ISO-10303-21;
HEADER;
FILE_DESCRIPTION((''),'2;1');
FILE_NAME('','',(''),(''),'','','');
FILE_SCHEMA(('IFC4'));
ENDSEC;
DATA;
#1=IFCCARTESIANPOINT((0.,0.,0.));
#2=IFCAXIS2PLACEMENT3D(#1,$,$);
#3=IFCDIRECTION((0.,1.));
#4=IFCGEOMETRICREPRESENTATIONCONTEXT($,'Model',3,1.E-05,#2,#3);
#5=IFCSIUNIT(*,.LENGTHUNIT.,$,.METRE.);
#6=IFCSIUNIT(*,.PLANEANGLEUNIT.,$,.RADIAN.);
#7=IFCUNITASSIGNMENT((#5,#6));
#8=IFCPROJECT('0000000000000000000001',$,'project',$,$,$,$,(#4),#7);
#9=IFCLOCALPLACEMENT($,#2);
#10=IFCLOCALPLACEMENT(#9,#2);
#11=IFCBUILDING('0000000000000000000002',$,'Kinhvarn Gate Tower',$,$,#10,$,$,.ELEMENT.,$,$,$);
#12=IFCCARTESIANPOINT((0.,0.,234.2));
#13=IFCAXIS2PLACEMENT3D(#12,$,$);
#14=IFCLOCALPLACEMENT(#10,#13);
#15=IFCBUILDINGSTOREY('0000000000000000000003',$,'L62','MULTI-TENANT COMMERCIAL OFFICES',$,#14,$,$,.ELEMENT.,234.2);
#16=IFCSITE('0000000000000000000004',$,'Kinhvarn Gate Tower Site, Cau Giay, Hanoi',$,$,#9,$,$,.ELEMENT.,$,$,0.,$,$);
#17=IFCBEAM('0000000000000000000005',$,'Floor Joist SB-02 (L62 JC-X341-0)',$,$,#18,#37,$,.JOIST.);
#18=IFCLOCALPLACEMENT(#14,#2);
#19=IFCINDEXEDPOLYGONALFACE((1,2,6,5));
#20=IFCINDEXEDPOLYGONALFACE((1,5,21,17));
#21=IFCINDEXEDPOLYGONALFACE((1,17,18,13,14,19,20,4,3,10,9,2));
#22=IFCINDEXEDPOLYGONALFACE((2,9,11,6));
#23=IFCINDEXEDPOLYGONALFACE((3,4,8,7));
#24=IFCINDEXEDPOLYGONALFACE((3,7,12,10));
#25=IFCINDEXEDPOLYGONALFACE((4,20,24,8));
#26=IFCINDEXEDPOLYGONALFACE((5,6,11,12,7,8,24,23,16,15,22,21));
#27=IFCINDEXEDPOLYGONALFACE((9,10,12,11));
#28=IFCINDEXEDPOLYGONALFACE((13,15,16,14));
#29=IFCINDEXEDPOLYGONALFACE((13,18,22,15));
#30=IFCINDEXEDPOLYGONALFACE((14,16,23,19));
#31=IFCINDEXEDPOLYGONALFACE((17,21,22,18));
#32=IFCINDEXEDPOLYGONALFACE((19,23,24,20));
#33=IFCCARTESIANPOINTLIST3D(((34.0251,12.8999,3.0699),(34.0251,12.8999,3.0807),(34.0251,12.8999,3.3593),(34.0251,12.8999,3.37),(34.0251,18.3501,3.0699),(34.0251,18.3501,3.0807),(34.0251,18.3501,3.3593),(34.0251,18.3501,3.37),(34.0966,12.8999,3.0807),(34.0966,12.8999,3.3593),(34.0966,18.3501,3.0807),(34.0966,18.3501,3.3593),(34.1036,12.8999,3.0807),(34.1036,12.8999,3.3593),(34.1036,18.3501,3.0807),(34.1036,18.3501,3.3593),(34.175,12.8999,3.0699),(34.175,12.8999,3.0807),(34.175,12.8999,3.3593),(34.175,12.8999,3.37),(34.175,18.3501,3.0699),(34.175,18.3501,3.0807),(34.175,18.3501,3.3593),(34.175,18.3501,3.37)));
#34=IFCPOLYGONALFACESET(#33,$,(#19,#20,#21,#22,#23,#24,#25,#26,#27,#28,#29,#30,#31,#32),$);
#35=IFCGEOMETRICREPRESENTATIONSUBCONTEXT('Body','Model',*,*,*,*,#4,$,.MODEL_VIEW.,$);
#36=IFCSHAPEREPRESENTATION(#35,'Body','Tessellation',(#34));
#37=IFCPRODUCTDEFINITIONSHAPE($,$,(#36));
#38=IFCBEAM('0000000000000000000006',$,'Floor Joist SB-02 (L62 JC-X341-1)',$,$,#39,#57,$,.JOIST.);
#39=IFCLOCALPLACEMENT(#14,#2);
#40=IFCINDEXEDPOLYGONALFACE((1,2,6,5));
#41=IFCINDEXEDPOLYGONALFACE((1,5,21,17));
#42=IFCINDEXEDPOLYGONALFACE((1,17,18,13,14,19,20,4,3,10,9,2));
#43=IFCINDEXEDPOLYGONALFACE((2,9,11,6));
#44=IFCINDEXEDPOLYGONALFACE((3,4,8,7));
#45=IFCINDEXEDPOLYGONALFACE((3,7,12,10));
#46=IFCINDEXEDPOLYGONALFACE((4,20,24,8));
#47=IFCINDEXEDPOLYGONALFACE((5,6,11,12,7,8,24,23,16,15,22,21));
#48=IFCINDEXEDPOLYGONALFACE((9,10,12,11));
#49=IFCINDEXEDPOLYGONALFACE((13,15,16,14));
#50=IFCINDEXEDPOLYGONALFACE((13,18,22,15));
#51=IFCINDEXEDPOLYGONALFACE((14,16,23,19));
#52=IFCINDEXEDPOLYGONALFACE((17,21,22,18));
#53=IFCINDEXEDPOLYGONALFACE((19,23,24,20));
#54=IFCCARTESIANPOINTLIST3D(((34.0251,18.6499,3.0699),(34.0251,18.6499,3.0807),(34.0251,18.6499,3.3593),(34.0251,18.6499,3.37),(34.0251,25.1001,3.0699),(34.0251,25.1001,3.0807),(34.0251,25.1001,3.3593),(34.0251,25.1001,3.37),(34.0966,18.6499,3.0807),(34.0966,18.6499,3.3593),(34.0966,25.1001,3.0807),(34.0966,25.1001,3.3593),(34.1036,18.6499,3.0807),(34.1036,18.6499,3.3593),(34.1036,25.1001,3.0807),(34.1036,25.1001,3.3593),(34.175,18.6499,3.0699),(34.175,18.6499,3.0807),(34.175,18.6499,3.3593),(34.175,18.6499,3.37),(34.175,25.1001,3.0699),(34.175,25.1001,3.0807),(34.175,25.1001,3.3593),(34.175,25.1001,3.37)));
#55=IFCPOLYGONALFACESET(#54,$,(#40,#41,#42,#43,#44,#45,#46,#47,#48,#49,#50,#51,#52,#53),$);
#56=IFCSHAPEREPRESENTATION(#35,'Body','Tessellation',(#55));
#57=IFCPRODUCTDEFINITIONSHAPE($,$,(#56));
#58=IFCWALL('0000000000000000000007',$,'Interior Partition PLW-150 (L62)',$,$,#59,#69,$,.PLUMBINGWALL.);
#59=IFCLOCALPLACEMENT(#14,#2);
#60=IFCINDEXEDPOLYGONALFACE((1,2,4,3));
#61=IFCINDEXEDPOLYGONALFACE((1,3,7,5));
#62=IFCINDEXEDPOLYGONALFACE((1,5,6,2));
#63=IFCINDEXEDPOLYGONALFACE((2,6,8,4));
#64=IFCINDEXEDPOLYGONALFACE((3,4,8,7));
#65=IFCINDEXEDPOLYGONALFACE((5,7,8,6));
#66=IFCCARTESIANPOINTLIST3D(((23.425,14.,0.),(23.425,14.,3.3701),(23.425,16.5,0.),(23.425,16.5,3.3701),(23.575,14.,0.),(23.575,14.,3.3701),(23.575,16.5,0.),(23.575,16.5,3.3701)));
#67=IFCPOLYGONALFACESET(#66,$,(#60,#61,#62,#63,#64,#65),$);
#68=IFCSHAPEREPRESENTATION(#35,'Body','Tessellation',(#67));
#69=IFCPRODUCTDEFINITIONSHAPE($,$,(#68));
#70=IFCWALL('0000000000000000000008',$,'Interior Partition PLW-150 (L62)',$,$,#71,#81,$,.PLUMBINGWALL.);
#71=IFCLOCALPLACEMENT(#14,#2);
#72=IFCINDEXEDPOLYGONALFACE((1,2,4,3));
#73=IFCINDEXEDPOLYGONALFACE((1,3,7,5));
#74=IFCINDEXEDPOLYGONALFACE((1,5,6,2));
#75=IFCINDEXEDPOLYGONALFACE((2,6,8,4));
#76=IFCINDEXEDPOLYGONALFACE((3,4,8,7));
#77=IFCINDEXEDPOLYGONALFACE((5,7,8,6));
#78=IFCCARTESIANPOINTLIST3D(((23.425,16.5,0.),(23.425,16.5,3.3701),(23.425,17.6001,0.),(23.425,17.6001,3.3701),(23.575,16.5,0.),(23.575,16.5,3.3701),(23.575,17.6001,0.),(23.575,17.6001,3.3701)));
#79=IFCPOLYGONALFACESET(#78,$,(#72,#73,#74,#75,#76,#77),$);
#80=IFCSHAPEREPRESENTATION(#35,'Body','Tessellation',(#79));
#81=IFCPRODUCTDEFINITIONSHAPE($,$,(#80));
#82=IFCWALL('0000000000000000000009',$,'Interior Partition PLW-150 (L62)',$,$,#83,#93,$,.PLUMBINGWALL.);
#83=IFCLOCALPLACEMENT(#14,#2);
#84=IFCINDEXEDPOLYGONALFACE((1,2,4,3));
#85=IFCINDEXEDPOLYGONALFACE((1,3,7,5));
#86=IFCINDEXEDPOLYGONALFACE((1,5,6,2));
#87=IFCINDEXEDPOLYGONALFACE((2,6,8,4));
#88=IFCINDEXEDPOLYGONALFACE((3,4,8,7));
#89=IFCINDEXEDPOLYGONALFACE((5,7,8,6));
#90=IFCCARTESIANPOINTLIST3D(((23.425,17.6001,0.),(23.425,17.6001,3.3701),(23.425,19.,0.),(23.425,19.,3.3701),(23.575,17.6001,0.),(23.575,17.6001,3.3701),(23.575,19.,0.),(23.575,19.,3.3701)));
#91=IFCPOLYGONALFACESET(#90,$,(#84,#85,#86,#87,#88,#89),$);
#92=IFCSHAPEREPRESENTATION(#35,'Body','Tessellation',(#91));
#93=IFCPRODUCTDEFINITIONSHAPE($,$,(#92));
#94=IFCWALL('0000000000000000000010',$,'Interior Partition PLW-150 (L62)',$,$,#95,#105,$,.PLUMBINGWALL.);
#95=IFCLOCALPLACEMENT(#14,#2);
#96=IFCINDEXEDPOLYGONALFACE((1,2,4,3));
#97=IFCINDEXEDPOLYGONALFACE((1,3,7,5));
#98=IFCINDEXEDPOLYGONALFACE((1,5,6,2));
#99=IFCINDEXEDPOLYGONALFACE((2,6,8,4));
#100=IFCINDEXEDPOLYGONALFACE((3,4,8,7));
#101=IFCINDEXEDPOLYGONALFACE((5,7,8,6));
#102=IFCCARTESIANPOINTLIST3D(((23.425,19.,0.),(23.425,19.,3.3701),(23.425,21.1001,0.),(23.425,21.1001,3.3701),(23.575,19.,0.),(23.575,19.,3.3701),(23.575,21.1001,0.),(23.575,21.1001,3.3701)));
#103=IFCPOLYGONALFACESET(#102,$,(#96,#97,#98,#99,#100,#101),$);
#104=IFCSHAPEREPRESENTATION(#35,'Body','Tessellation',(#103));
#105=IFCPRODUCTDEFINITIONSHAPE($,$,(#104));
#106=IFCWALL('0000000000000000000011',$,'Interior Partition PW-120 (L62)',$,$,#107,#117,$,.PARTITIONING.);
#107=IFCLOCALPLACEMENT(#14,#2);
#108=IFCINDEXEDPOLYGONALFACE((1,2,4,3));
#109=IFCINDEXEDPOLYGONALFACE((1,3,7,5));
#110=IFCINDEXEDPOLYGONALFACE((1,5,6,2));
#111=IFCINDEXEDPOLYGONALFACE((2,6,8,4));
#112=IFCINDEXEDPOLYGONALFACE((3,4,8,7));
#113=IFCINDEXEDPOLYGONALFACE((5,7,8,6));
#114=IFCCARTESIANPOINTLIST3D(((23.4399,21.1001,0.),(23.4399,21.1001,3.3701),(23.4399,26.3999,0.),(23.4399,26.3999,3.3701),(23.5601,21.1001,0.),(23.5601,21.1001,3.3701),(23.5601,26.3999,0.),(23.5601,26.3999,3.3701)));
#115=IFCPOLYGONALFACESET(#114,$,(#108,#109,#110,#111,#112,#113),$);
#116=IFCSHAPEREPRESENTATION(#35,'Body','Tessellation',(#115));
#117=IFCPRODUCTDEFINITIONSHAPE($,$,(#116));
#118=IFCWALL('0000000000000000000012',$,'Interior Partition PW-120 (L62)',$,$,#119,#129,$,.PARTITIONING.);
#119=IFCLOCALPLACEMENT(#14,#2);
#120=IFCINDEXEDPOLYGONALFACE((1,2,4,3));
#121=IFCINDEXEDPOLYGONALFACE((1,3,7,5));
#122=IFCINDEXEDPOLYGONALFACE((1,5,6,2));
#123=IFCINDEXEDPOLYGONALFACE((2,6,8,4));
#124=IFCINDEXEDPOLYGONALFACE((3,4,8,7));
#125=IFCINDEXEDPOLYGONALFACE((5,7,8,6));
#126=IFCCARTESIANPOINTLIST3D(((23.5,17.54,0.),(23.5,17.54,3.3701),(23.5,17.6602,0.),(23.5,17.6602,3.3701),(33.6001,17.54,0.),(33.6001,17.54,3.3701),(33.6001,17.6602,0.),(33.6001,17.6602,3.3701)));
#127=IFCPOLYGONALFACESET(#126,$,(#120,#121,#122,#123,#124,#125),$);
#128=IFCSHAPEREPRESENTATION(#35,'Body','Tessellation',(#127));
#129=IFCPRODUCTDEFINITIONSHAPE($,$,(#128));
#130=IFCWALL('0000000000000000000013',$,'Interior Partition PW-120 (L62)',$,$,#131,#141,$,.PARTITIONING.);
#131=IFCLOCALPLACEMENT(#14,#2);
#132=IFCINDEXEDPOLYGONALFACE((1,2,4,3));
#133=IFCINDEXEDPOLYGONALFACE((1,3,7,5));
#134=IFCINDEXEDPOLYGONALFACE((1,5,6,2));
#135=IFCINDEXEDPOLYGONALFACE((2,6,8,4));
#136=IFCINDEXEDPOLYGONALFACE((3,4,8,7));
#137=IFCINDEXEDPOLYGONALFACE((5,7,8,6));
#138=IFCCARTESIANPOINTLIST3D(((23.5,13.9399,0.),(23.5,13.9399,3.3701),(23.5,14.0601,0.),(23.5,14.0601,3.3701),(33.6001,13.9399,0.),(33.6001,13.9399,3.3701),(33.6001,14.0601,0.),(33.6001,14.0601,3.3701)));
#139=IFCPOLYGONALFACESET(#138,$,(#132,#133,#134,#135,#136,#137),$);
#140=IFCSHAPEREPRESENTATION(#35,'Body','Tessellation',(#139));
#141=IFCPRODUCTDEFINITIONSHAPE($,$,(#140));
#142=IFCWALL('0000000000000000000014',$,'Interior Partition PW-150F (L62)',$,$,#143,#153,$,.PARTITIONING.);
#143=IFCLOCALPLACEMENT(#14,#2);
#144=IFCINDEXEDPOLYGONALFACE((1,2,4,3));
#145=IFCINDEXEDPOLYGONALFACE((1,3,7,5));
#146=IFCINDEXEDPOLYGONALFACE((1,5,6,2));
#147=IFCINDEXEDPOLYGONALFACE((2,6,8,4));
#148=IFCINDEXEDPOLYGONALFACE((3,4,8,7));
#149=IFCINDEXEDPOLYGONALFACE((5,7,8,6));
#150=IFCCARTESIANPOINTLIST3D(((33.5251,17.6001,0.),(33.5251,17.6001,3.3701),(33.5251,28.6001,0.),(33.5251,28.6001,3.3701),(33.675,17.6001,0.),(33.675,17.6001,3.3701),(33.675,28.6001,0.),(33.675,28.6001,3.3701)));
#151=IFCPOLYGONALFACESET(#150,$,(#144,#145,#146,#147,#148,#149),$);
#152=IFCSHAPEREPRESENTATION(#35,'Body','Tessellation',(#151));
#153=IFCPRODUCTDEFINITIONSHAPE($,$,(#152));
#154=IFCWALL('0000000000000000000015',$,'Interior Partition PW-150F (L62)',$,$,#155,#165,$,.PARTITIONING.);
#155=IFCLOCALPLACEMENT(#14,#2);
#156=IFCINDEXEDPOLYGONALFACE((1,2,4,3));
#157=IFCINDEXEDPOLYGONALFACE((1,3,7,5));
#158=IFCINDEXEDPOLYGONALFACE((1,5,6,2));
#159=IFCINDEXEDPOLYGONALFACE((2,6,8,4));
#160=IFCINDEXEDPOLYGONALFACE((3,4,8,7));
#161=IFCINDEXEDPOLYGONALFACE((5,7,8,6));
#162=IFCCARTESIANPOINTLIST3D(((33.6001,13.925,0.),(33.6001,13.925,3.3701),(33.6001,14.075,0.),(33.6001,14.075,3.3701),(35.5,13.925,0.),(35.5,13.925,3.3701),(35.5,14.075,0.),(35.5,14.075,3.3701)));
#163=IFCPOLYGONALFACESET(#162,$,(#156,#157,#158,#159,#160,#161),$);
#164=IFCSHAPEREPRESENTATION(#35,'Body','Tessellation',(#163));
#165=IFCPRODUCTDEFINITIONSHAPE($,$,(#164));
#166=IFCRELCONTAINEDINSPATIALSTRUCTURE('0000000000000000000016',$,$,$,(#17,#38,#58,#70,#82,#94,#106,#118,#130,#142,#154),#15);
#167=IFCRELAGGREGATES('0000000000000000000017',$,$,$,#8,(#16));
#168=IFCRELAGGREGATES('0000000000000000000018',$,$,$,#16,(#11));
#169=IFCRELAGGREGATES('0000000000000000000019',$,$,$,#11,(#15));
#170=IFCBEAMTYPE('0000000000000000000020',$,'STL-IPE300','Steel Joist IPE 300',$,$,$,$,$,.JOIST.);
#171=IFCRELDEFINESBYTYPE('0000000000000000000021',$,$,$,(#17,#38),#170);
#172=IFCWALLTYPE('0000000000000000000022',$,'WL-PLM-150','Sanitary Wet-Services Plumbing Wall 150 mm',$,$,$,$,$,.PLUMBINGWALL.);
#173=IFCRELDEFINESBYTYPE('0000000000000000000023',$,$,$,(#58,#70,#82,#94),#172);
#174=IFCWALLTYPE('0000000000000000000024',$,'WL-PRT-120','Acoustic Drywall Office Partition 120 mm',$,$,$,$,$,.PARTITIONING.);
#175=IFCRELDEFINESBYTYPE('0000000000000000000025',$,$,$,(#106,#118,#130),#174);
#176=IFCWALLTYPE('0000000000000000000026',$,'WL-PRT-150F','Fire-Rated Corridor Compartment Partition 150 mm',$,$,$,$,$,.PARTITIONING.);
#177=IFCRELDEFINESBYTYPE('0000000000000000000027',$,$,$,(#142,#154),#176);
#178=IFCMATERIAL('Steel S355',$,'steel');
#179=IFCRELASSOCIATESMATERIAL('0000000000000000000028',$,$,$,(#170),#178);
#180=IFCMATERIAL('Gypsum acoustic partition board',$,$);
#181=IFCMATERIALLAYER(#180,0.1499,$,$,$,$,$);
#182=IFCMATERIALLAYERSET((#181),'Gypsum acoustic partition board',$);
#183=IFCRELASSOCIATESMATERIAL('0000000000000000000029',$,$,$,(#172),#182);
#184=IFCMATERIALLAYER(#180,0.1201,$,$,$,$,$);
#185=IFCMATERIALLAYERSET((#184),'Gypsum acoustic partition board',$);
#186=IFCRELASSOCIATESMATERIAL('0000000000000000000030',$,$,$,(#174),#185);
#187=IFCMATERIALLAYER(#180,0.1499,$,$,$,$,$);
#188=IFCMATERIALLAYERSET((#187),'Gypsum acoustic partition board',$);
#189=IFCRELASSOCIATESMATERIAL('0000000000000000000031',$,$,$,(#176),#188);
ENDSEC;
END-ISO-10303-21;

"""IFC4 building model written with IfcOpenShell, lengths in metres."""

from ifc_helpers import new_model, si_unit, direction, frame, frame_2d, origin, origin_2d, place, context, subcontext, project, spatial, rectangle, i_section, extrude, material, layer, layer_set, material_profile, profile_set, type_object, element, save


model = new_model("IFC4")

# Units and contexts
model_context = context("Model", 3, precision=1e-05, world=origin(), true_north=direction((0.0, 1.0)))
body_context = subcontext(model_context, "Body", "Model", "MODEL_VIEW")
ifc_project = project(units=[si_unit("LENGTHUNIT", "METRE"), si_unit("PLANEANGLEUNIT", "RADIAN")], contexts=[model_context])

# Site, building, storey
site_placement = place(None, origin())
site = spatial("IfcSite", under=ifc_project, at=site_placement, Name="Kinhvarn Gate Tower Site, Cau Giay, Hanoi", CompositionType="ELEMENT", RefElevation=0.0)
building_placement = place(site_placement, origin())
building = spatial("IfcBuilding", under=site, at=building_placement, Name="Kinhvarn Gate Tower", CompositionType="ELEMENT")
storey_placement = place(building_placement, frame((0.0, 0.0, 234.2)))
storey = spatial("IfcBuildingStorey", under=building, at=storey_placement, Name="L62", Description="MULTI-TENANT COMMERCIAL OFFICES", CompositionType="ELEMENT", Elevation=234.2)

# Beams
ifc_material_1 = material(Name="Steel S355", Category="steel")
ifc_material_profile = material_profile(ifc_material_1, i_section(OverallWidth=0.1499, OverallDepth=0.3, WebThickness=0.0071, FlangeThickness=0.0107, at=origin_2d()), Name="IPE 300")
ifc_profile_set = profile_set([ifc_material_profile], Name="Steel S355")
beam_type = type_object("IfcBeamType", Name="STL-IPE300", Description="Steel Joist IPE 300", PredefinedType="JOIST", material=ifc_profile_set)
beam_1_placement = place(storey_placement, frame((34.1001, 12.8999, 3.22), z_axis=(0.0, 1.0, 0.0), x_axis=(-1.0, 0.0, 0.0)))
element("IfcBeam", 1, at=beam_1_placement, inside=storey, type_object=beam_type, Name="Floor Joist SB-02 (L62 JC-X341-0)", PredefinedType="JOIST", context=body_context, shape_type="SweptSolid", body=[
    extrude(i_section(OverallWidth=0.1499, OverallDepth=0.3, WebThickness=0.0071, FlangeThickness=0.0107, at=origin_2d()), origin(), (0.0, 0.0, 1.0), 5.4502),
])
beam_2_placement = place(storey_placement, frame((34.1001, 18.6499, 3.22), z_axis=(0.0, 1.0, 0.0), x_axis=(-1.0, 0.0, 0.0)))
element("IfcBeam", 2, at=beam_2_placement, inside=storey, type_object=beam_type, Name="Floor Joist SB-02 (L62 JC-X341-1)", PredefinedType="JOIST", context=body_context, shape_type="SweptSolid", body=[
    extrude(i_section(OverallWidth=0.1499, OverallDepth=0.3, WebThickness=0.0071, FlangeThickness=0.0107, at=origin_2d()), origin(), (0.0, 0.0, 1.0), 6.4502),
])

# Walls
ifc_material_2 = material(Name="Gypsum acoustic partition board")
ifc_layer_1 = layer(ifc_material_2, 0.1499)
ifc_layer_set_1 = layer_set([ifc_layer_1], Name="Gypsum acoustic partition board")
wall_type_1 = type_object("IfcWallType", Name="WL-PLM-150", Description="Sanitary Wet-Services Plumbing Wall 150 mm", PredefinedType="PLUMBINGWALL", material=ifc_layer_set_1)
wall_1_placement = place(storey_placement, frame((23.5, 14.0, 0.0), z_axis=(0.0, 0.0, 1.0), x_axis=(0.0, 1.0, 0.0)))
element("IfcWall", 3, at=wall_1_placement, inside=storey, type_object=wall_type_1, Name="Interior Partition PLW-150 (L62)", PredefinedType="PLUMBINGWALL", context=body_context, shape_type="SweptSolid", body=[
    extrude(rectangle(XDim=2.5, YDim=0.1499, at=frame_2d((1.25, 0.0))), origin(), (0.0, 0.0, 1.0), 3.3701),
])
wall_2_placement = place(storey_placement, frame((23.5, 16.5, 0.0), z_axis=(0.0, 0.0, 1.0), x_axis=(0.0, 1.0, 0.0)))
element("IfcWall", 4, at=wall_2_placement, inside=storey, type_object=wall_type_1, Name="Interior Partition PLW-150 (L62)", PredefinedType="PLUMBINGWALL", context=body_context, shape_type="SweptSolid", body=[
    extrude(rectangle(XDim=1.1001, YDim=0.1499, at=frame_2d((0.55, 0.0))), origin(), (0.0, 0.0, 1.0), 3.3701),
])
wall_3_placement = place(storey_placement, frame((23.5, 17.6001, 0.0), z_axis=(0.0, 0.0, 1.0), x_axis=(0.0, 1.0, 0.0)))
element("IfcWall", 5, at=wall_3_placement, inside=storey, type_object=wall_type_1, Name="Interior Partition PLW-150 (L62)", PredefinedType="PLUMBINGWALL", context=body_context, shape_type="SweptSolid", body=[
    extrude(rectangle(XDim=1.3999, YDim=0.1499, at=frame_2d((0.7, 0.0))), origin(), (0.0, 0.0, 1.0), 3.3701),
])
wall_4_placement = place(storey_placement, frame((23.5, 19.0, 0.0), z_axis=(0.0, 0.0, 1.0), x_axis=(0.0, 1.0, 0.0)))
element("IfcWall", 6, at=wall_4_placement, inside=storey, type_object=wall_type_1, Name="Interior Partition PLW-150 (L62)", PredefinedType="PLUMBINGWALL", context=body_context, shape_type="SweptSolid", body=[
    extrude(rectangle(XDim=2.1001, YDim=0.1499, at=frame_2d((1.05, 0.0))), origin(), (0.0, 0.0, 1.0), 3.3701),
])
ifc_layer_2 = layer(ifc_material_2, 0.1201)
ifc_layer_set_2 = layer_set([ifc_layer_2], Name="Gypsum acoustic partition board")
wall_type_2 = type_object("IfcWallType", Name="WL-PRT-120", Description="Acoustic Drywall Office Partition 120 mm", PredefinedType="PARTITIONING", material=ifc_layer_set_2)
wall_5_placement = place(storey_placement, frame((23.5, 21.1001, 0.0), z_axis=(0.0, 0.0, 1.0), x_axis=(0.0, 1.0, 0.0)))
element("IfcWall", 7, at=wall_5_placement, inside=storey, type_object=wall_type_2, Name="Interior Partition PW-120 (L62)", PredefinedType="PARTITIONING", context=body_context, shape_type="SweptSolid", body=[
    extrude(rectangle(XDim=5.2998, YDim=0.1201, at=frame_2d((2.6499, 0.0))), origin(), (0.0, 0.0, 1.0), 3.3701),
])
for number, where, z_axis, x_axis, name in (
    (8, (23.5, 17.6001, 0.0), (0.0, 0.0, 1.0), (1.0, 0.0, 0.0), "Interior Partition PW-120 (L62)"),
    (9, (23.5, 14.0, 0.0), (0.0, 0.0, 1.0), (1.0, 0.0, 0.0), "Interior Partition PW-120 (L62)"),
):
    element("IfcWall", number, at=place(storey_placement, frame(where, z_axis=z_axis, x_axis=x_axis)), inside=storey, type_object=wall_type_2, Name=name, PredefinedType="PARTITIONING", context=body_context, shape_type="SweptSolid", body=[
        extrude(rectangle(XDim=10.1001, YDim=0.1201, at=frame_2d((5.05, 0.0))), origin(), (0.0, 0.0, 1.0), 3.3701),
    ])

# Shared definitions
ifc_layer_3 = layer(ifc_material_2, 0.1499)
ifc_layer_set_3 = layer_set([ifc_layer_3], Name="Gypsum acoustic partition board")
wall_type_3 = type_object("IfcWallType", Name="WL-PRT-150F", Description="Fire-Rated Corridor Compartment Partition 150 mm", PredefinedType="PARTITIONING", material=ifc_layer_set_3)

# Walls
wall_6_placement = place(storey_placement, frame((33.6001, 17.6001, 0.0), z_axis=(0.0, 0.0, 1.0), x_axis=(0.0, 1.0, 0.0)))
element("IfcWall", 10, at=wall_6_placement, inside=storey, type_object=wall_type_3, Name="Interior Partition PW-150F (L62)", PredefinedType="PARTITIONING", context=body_context, shape_type="SweptSolid", body=[
    extrude(rectangle(XDim=11.0, YDim=0.1499, at=frame_2d((5.5, 0.0))), origin(), (0.0, 0.0, 1.0), 3.3701),
])
wall_7_placement = place(storey_placement, frame((33.6001, 14.0, 0.0), z_axis=(0.0, 0.0, 1.0), x_axis=(1.0, 0.0, 0.0)))
element("IfcWall", 11, at=wall_7_placement, inside=storey, type_object=wall_type_3, Name="Interior Partition PW-150F (L62)", PredefinedType="PARTITIONING", context=body_context, shape_type="SweptSolid", body=[
    extrude(rectangle(XDim=1.8999, YDim=0.1499, at=frame_2d((0.95, 0.0))), origin(), (0.0, 0.0, 1.0), 3.3701),
])

save(model, "model.ifc")
